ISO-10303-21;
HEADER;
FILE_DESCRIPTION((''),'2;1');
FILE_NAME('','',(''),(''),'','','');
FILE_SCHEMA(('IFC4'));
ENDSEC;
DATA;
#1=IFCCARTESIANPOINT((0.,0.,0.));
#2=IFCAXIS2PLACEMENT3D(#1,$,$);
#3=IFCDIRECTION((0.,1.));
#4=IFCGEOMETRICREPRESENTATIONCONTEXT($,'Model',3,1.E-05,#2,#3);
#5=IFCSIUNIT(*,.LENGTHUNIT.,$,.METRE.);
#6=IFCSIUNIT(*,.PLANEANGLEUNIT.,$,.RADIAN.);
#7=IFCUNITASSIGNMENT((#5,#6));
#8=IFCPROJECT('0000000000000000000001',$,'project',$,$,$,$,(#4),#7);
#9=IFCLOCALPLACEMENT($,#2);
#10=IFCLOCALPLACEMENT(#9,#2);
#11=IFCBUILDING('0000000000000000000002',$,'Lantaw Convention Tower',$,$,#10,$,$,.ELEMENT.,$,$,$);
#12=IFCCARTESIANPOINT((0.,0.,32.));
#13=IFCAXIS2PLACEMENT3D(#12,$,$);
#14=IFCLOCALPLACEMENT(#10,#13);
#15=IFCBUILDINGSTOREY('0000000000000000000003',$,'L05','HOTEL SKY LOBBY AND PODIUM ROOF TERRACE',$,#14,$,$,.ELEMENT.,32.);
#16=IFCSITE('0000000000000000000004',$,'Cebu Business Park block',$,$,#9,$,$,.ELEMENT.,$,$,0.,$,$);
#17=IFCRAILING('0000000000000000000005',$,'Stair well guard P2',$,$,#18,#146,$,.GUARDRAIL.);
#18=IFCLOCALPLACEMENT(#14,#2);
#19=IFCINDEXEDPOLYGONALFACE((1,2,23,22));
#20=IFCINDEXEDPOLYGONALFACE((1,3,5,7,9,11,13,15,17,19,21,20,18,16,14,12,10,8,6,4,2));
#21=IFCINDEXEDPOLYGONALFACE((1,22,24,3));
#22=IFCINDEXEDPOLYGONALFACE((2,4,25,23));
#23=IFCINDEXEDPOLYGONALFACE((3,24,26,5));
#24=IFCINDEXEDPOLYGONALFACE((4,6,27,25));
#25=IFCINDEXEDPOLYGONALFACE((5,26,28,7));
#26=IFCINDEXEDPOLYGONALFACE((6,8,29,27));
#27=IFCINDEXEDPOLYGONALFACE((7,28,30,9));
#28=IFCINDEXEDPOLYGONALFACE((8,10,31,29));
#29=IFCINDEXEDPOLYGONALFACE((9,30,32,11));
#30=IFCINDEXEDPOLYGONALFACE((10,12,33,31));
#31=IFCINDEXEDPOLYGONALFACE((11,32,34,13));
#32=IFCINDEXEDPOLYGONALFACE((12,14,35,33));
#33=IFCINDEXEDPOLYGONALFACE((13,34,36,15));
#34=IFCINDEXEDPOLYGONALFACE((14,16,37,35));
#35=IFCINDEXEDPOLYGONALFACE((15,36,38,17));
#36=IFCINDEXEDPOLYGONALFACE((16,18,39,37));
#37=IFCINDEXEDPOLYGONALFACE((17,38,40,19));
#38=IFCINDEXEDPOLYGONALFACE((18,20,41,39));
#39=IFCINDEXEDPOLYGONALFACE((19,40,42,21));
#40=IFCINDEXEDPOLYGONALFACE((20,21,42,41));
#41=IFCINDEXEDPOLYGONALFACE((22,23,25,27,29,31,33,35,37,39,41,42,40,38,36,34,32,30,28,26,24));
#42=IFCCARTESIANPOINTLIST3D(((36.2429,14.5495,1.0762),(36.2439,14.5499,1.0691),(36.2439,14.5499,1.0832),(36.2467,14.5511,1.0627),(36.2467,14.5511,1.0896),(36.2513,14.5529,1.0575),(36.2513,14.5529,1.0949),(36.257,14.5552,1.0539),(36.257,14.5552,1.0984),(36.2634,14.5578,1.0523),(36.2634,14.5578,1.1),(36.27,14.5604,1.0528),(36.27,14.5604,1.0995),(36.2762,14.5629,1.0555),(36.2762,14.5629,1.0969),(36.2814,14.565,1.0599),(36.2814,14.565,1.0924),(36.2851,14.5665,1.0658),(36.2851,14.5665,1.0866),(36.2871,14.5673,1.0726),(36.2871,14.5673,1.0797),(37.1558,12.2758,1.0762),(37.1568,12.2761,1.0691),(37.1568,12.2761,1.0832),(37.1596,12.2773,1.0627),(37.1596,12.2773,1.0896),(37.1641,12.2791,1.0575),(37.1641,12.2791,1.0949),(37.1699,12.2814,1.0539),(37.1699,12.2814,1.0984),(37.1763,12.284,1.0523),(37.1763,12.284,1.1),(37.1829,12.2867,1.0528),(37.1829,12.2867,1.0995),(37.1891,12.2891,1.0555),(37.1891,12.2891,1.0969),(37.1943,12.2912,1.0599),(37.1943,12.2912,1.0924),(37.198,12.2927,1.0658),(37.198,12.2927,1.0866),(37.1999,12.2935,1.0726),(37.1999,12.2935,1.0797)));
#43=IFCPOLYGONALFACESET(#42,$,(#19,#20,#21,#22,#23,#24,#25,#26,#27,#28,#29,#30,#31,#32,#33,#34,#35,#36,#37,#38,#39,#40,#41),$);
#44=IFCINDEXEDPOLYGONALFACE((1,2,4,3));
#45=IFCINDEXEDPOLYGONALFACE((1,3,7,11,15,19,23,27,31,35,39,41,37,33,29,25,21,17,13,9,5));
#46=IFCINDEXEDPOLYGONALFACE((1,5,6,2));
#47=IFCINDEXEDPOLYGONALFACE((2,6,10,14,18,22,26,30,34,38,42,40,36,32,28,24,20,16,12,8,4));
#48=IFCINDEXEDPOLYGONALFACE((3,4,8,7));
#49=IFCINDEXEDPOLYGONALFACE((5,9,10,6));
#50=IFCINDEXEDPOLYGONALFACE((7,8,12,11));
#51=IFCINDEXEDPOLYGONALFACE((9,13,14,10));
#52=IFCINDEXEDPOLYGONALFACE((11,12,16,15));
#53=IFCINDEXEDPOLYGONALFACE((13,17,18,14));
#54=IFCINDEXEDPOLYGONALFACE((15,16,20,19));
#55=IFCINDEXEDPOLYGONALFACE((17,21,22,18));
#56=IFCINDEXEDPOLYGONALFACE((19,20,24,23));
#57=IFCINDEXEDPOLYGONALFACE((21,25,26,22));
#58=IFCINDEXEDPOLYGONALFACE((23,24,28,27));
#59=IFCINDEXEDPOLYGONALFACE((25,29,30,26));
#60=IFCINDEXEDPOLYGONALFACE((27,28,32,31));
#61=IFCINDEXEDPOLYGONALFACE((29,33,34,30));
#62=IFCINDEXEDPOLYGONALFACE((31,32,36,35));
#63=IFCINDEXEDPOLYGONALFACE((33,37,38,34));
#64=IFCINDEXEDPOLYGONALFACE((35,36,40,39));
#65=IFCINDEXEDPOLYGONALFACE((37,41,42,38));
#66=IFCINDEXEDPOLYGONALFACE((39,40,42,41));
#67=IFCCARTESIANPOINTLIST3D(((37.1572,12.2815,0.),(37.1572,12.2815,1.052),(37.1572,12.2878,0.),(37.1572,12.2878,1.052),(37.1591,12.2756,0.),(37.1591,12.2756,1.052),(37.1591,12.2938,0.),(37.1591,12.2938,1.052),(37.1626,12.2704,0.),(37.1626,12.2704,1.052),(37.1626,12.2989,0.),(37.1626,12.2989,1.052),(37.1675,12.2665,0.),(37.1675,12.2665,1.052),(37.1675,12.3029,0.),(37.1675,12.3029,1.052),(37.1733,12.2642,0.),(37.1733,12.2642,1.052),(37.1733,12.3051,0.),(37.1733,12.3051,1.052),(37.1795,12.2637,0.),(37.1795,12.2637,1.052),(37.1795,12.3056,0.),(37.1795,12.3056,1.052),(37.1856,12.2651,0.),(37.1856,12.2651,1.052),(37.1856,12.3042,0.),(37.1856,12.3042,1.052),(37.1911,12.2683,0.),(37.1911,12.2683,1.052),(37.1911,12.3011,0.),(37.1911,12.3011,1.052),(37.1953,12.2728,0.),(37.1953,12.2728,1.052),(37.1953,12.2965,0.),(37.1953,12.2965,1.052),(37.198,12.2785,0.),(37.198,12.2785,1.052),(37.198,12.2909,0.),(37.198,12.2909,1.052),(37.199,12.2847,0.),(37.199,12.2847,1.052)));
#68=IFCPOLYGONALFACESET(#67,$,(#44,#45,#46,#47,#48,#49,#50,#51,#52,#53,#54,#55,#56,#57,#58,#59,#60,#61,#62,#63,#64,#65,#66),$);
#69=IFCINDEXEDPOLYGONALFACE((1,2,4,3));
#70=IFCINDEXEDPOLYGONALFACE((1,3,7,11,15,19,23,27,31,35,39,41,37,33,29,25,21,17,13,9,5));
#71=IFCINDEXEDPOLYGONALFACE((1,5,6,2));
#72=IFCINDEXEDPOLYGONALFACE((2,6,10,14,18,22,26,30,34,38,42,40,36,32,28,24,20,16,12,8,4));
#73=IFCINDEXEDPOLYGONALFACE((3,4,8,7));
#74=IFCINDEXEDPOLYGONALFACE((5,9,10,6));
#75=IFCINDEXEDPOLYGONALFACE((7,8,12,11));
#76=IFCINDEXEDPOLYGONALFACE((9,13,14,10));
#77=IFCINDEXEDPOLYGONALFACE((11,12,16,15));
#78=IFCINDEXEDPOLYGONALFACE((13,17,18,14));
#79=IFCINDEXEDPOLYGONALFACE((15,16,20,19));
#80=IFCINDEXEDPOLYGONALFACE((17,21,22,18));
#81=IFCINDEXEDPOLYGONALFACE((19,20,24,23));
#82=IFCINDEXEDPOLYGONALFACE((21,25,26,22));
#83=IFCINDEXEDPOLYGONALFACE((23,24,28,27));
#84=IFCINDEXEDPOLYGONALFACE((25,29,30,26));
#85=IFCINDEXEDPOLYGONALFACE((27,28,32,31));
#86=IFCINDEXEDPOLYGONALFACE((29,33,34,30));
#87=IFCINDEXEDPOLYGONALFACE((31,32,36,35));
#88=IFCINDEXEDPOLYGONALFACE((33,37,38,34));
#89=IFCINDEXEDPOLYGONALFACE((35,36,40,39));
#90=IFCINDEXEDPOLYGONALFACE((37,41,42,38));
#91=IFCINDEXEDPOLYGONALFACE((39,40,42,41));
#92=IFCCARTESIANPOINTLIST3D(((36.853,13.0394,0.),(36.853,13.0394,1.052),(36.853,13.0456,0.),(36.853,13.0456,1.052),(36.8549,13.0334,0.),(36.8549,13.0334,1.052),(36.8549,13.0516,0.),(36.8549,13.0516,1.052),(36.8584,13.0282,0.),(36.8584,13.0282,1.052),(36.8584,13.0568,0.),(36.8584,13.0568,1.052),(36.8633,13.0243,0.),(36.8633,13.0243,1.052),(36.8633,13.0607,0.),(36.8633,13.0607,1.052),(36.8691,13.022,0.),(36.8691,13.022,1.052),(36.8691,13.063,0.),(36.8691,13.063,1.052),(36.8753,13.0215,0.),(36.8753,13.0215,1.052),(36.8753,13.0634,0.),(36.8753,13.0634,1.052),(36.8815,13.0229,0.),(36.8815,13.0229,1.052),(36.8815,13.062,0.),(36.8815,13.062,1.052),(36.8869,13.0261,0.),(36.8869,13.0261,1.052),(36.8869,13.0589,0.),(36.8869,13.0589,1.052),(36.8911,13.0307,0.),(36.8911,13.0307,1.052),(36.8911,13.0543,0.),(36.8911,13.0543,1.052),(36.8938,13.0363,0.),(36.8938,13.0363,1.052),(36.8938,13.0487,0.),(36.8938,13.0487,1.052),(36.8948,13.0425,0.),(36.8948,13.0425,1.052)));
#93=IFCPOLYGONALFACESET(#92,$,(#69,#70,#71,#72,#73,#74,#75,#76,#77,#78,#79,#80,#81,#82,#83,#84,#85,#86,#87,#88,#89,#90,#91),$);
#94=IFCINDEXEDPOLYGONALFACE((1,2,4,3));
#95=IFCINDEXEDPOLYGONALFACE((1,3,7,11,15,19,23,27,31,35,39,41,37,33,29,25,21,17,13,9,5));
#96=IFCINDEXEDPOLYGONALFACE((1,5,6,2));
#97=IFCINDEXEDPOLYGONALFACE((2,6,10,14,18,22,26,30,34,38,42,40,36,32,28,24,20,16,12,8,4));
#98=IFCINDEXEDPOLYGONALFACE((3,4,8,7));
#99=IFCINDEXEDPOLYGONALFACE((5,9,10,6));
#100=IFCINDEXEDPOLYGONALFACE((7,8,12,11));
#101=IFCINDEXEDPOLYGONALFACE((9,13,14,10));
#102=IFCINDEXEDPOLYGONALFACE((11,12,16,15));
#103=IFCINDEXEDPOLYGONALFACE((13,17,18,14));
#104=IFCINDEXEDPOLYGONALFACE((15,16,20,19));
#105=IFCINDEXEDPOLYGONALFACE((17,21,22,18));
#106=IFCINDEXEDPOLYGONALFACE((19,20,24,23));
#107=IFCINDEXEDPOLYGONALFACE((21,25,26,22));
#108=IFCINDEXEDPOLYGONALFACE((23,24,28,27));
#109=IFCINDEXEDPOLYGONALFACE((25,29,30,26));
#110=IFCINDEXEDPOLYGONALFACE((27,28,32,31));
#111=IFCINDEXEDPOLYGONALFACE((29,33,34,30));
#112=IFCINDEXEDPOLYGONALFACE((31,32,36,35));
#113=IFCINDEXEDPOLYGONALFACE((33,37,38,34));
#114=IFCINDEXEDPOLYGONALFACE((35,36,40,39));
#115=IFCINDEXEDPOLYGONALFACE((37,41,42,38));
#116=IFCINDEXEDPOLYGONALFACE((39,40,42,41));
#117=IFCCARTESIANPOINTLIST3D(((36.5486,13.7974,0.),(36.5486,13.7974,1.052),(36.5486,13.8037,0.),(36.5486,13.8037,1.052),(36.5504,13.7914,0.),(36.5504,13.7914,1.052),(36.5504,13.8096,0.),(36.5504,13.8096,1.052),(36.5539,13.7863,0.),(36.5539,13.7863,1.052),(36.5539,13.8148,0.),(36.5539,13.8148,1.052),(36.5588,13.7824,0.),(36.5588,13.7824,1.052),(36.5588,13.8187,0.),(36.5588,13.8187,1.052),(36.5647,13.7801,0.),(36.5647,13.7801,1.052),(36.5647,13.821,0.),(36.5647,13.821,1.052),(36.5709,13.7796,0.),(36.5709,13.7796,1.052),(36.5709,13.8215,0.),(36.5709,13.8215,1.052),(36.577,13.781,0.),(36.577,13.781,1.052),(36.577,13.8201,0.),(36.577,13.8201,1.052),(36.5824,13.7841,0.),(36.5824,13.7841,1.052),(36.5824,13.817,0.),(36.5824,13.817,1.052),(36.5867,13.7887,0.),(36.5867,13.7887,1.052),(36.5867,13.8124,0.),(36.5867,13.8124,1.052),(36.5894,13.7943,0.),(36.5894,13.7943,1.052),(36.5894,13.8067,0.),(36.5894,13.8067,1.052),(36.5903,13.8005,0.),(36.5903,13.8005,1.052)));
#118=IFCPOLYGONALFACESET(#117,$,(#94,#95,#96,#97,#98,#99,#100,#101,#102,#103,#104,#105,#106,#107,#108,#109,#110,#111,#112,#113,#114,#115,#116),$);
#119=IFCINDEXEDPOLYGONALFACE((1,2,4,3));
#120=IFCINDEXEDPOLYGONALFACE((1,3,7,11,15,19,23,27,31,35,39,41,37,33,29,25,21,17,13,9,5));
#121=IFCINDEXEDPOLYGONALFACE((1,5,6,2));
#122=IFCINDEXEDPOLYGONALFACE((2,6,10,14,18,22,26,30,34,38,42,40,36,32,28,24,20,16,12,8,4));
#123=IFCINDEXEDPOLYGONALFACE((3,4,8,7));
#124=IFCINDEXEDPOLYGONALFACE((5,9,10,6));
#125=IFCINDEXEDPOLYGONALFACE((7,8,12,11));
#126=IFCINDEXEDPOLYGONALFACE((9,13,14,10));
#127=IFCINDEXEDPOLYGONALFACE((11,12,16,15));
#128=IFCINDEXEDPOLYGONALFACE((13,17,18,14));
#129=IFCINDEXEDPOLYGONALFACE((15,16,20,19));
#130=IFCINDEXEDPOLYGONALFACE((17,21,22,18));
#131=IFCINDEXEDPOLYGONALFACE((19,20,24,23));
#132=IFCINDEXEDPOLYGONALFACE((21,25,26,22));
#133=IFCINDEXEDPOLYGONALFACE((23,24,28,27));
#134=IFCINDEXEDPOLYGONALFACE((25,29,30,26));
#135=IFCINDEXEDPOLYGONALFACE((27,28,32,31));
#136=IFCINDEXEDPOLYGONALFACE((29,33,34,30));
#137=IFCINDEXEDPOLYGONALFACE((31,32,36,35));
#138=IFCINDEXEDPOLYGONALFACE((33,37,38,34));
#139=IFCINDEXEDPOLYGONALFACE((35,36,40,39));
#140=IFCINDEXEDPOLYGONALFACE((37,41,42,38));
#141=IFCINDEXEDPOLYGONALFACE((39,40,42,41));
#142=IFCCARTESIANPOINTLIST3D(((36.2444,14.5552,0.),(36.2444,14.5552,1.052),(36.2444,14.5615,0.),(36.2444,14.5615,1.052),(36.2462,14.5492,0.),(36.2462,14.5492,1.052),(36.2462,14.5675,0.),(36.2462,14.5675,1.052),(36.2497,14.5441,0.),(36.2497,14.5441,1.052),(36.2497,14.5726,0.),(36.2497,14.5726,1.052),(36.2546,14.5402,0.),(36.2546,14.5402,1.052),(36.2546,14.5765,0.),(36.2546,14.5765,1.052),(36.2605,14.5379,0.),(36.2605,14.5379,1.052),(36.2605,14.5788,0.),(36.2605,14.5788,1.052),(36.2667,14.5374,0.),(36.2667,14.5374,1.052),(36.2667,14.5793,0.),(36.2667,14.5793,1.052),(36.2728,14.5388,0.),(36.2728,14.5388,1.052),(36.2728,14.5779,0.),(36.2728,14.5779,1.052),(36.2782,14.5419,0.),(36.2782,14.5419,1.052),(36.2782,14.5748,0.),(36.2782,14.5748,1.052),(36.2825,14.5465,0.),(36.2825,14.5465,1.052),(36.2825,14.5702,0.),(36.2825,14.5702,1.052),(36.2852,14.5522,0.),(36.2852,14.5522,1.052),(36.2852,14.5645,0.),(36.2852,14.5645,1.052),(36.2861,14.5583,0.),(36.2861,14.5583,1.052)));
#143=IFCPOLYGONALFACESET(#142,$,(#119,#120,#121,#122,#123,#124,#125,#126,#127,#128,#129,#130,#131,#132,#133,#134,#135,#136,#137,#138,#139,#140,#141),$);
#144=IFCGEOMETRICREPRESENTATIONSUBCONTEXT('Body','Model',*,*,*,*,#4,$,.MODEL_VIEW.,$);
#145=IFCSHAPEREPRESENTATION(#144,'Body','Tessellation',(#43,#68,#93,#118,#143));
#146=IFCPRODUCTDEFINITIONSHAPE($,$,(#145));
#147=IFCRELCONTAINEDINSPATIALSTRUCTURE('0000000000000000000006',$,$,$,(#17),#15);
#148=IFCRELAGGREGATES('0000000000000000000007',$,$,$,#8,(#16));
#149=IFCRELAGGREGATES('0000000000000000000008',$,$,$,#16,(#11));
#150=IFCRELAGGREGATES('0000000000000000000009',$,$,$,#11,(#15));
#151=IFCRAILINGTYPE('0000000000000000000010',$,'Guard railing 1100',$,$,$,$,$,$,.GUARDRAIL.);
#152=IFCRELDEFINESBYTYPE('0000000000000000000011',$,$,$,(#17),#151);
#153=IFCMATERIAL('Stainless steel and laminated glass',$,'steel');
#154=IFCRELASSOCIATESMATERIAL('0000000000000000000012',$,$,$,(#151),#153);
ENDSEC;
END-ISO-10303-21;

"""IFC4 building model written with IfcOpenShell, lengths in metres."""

from ifc_helpers import new_model, si_unit, direction, frame, origin, origin_2d, place, context, subcontext, project, spatial, circle, extrude, material, type_object, element, save


model = new_model("IFC4")

# Units and contexts
model_context = context("Model", 3, precision=1e-05, world=origin(), true_north=direction((0.0, 1.0)))
body_context = subcontext(model_context, "Body", "Model", "MODEL_VIEW")
ifc_project = project(units=[si_unit("LENGTHUNIT", "METRE"), si_unit("PLANEANGLEUNIT", "RADIAN")], contexts=[model_context])

# Site, building, storey
site_placement = place(None, origin())
site = spatial("IfcSite", under=ifc_project, at=site_placement, Name="Cebu Business Park block", CompositionType="ELEMENT", RefElevation=0.0)
building_placement = place(site_placement, origin())
building = spatial("IfcBuilding", under=site, at=building_placement, Name="Lantaw Convention Tower", CompositionType="ELEMENT")
storey_placement = place(building_placement, frame((0.0, 0.0, 32.0)))
storey = spatial("IfcBuildingStorey", under=building, at=storey_placement, Name="L05", Description="HOTEL SKY LOBBY AND PODIUM ROOF TERRACE", CompositionType="ELEMENT", Elevation=32.0)

# Railing
ifc_material_1 = material(Name="Stainless steel and laminated glass", Category="steel")
railing_type_1 = type_object("IfcRailingType", Name="Guard railing 1100", PredefinedType="GUARDRAIL", material=ifc_material_1)
railing_1_placement = place(storey_placement, frame((37.178, 12.2847, 0.0)))
element("IfcRailing", 1, at=railing_1_placement, inside=storey, type_object=railing_type_1, Name="Stair well guard P2", PredefinedType="GUARDRAIL", context=body_context, shape_type="SweptSolid", body=[
    extrude(circle(Radius=0.0239, at=origin_2d()), frame((0.0, 0.0, 1.0762), z_axis=(-0.372576, 0.928002, 0.0), x_axis=(-0.928002, -0.372576, 0.0)), (0.0, 0.0, 1.0), 2.4502),
    extrude(circle(Radius=0.021, at=origin_2d()), origin(), (0.0, 0.0, 1.0), 1.052),
    extrude(circle(Radius=0.021, at=origin_2d()), frame((-0.3042, 0.7578, 0.0)), (0.0, 0.0, 1.0), 1.052),
    extrude(circle(Radius=0.021, at=origin_2d()), frame((-0.6086, 1.5159, 0.0)), (0.0, 0.0, 1.0), 1.052),
    extrude(circle(Radius=0.021, at=origin_2d()), frame((-0.9128, 2.2737, 0.0)), (0.0, 0.0, 1.0), 1.052),
])

save(model, "model.ifc")
